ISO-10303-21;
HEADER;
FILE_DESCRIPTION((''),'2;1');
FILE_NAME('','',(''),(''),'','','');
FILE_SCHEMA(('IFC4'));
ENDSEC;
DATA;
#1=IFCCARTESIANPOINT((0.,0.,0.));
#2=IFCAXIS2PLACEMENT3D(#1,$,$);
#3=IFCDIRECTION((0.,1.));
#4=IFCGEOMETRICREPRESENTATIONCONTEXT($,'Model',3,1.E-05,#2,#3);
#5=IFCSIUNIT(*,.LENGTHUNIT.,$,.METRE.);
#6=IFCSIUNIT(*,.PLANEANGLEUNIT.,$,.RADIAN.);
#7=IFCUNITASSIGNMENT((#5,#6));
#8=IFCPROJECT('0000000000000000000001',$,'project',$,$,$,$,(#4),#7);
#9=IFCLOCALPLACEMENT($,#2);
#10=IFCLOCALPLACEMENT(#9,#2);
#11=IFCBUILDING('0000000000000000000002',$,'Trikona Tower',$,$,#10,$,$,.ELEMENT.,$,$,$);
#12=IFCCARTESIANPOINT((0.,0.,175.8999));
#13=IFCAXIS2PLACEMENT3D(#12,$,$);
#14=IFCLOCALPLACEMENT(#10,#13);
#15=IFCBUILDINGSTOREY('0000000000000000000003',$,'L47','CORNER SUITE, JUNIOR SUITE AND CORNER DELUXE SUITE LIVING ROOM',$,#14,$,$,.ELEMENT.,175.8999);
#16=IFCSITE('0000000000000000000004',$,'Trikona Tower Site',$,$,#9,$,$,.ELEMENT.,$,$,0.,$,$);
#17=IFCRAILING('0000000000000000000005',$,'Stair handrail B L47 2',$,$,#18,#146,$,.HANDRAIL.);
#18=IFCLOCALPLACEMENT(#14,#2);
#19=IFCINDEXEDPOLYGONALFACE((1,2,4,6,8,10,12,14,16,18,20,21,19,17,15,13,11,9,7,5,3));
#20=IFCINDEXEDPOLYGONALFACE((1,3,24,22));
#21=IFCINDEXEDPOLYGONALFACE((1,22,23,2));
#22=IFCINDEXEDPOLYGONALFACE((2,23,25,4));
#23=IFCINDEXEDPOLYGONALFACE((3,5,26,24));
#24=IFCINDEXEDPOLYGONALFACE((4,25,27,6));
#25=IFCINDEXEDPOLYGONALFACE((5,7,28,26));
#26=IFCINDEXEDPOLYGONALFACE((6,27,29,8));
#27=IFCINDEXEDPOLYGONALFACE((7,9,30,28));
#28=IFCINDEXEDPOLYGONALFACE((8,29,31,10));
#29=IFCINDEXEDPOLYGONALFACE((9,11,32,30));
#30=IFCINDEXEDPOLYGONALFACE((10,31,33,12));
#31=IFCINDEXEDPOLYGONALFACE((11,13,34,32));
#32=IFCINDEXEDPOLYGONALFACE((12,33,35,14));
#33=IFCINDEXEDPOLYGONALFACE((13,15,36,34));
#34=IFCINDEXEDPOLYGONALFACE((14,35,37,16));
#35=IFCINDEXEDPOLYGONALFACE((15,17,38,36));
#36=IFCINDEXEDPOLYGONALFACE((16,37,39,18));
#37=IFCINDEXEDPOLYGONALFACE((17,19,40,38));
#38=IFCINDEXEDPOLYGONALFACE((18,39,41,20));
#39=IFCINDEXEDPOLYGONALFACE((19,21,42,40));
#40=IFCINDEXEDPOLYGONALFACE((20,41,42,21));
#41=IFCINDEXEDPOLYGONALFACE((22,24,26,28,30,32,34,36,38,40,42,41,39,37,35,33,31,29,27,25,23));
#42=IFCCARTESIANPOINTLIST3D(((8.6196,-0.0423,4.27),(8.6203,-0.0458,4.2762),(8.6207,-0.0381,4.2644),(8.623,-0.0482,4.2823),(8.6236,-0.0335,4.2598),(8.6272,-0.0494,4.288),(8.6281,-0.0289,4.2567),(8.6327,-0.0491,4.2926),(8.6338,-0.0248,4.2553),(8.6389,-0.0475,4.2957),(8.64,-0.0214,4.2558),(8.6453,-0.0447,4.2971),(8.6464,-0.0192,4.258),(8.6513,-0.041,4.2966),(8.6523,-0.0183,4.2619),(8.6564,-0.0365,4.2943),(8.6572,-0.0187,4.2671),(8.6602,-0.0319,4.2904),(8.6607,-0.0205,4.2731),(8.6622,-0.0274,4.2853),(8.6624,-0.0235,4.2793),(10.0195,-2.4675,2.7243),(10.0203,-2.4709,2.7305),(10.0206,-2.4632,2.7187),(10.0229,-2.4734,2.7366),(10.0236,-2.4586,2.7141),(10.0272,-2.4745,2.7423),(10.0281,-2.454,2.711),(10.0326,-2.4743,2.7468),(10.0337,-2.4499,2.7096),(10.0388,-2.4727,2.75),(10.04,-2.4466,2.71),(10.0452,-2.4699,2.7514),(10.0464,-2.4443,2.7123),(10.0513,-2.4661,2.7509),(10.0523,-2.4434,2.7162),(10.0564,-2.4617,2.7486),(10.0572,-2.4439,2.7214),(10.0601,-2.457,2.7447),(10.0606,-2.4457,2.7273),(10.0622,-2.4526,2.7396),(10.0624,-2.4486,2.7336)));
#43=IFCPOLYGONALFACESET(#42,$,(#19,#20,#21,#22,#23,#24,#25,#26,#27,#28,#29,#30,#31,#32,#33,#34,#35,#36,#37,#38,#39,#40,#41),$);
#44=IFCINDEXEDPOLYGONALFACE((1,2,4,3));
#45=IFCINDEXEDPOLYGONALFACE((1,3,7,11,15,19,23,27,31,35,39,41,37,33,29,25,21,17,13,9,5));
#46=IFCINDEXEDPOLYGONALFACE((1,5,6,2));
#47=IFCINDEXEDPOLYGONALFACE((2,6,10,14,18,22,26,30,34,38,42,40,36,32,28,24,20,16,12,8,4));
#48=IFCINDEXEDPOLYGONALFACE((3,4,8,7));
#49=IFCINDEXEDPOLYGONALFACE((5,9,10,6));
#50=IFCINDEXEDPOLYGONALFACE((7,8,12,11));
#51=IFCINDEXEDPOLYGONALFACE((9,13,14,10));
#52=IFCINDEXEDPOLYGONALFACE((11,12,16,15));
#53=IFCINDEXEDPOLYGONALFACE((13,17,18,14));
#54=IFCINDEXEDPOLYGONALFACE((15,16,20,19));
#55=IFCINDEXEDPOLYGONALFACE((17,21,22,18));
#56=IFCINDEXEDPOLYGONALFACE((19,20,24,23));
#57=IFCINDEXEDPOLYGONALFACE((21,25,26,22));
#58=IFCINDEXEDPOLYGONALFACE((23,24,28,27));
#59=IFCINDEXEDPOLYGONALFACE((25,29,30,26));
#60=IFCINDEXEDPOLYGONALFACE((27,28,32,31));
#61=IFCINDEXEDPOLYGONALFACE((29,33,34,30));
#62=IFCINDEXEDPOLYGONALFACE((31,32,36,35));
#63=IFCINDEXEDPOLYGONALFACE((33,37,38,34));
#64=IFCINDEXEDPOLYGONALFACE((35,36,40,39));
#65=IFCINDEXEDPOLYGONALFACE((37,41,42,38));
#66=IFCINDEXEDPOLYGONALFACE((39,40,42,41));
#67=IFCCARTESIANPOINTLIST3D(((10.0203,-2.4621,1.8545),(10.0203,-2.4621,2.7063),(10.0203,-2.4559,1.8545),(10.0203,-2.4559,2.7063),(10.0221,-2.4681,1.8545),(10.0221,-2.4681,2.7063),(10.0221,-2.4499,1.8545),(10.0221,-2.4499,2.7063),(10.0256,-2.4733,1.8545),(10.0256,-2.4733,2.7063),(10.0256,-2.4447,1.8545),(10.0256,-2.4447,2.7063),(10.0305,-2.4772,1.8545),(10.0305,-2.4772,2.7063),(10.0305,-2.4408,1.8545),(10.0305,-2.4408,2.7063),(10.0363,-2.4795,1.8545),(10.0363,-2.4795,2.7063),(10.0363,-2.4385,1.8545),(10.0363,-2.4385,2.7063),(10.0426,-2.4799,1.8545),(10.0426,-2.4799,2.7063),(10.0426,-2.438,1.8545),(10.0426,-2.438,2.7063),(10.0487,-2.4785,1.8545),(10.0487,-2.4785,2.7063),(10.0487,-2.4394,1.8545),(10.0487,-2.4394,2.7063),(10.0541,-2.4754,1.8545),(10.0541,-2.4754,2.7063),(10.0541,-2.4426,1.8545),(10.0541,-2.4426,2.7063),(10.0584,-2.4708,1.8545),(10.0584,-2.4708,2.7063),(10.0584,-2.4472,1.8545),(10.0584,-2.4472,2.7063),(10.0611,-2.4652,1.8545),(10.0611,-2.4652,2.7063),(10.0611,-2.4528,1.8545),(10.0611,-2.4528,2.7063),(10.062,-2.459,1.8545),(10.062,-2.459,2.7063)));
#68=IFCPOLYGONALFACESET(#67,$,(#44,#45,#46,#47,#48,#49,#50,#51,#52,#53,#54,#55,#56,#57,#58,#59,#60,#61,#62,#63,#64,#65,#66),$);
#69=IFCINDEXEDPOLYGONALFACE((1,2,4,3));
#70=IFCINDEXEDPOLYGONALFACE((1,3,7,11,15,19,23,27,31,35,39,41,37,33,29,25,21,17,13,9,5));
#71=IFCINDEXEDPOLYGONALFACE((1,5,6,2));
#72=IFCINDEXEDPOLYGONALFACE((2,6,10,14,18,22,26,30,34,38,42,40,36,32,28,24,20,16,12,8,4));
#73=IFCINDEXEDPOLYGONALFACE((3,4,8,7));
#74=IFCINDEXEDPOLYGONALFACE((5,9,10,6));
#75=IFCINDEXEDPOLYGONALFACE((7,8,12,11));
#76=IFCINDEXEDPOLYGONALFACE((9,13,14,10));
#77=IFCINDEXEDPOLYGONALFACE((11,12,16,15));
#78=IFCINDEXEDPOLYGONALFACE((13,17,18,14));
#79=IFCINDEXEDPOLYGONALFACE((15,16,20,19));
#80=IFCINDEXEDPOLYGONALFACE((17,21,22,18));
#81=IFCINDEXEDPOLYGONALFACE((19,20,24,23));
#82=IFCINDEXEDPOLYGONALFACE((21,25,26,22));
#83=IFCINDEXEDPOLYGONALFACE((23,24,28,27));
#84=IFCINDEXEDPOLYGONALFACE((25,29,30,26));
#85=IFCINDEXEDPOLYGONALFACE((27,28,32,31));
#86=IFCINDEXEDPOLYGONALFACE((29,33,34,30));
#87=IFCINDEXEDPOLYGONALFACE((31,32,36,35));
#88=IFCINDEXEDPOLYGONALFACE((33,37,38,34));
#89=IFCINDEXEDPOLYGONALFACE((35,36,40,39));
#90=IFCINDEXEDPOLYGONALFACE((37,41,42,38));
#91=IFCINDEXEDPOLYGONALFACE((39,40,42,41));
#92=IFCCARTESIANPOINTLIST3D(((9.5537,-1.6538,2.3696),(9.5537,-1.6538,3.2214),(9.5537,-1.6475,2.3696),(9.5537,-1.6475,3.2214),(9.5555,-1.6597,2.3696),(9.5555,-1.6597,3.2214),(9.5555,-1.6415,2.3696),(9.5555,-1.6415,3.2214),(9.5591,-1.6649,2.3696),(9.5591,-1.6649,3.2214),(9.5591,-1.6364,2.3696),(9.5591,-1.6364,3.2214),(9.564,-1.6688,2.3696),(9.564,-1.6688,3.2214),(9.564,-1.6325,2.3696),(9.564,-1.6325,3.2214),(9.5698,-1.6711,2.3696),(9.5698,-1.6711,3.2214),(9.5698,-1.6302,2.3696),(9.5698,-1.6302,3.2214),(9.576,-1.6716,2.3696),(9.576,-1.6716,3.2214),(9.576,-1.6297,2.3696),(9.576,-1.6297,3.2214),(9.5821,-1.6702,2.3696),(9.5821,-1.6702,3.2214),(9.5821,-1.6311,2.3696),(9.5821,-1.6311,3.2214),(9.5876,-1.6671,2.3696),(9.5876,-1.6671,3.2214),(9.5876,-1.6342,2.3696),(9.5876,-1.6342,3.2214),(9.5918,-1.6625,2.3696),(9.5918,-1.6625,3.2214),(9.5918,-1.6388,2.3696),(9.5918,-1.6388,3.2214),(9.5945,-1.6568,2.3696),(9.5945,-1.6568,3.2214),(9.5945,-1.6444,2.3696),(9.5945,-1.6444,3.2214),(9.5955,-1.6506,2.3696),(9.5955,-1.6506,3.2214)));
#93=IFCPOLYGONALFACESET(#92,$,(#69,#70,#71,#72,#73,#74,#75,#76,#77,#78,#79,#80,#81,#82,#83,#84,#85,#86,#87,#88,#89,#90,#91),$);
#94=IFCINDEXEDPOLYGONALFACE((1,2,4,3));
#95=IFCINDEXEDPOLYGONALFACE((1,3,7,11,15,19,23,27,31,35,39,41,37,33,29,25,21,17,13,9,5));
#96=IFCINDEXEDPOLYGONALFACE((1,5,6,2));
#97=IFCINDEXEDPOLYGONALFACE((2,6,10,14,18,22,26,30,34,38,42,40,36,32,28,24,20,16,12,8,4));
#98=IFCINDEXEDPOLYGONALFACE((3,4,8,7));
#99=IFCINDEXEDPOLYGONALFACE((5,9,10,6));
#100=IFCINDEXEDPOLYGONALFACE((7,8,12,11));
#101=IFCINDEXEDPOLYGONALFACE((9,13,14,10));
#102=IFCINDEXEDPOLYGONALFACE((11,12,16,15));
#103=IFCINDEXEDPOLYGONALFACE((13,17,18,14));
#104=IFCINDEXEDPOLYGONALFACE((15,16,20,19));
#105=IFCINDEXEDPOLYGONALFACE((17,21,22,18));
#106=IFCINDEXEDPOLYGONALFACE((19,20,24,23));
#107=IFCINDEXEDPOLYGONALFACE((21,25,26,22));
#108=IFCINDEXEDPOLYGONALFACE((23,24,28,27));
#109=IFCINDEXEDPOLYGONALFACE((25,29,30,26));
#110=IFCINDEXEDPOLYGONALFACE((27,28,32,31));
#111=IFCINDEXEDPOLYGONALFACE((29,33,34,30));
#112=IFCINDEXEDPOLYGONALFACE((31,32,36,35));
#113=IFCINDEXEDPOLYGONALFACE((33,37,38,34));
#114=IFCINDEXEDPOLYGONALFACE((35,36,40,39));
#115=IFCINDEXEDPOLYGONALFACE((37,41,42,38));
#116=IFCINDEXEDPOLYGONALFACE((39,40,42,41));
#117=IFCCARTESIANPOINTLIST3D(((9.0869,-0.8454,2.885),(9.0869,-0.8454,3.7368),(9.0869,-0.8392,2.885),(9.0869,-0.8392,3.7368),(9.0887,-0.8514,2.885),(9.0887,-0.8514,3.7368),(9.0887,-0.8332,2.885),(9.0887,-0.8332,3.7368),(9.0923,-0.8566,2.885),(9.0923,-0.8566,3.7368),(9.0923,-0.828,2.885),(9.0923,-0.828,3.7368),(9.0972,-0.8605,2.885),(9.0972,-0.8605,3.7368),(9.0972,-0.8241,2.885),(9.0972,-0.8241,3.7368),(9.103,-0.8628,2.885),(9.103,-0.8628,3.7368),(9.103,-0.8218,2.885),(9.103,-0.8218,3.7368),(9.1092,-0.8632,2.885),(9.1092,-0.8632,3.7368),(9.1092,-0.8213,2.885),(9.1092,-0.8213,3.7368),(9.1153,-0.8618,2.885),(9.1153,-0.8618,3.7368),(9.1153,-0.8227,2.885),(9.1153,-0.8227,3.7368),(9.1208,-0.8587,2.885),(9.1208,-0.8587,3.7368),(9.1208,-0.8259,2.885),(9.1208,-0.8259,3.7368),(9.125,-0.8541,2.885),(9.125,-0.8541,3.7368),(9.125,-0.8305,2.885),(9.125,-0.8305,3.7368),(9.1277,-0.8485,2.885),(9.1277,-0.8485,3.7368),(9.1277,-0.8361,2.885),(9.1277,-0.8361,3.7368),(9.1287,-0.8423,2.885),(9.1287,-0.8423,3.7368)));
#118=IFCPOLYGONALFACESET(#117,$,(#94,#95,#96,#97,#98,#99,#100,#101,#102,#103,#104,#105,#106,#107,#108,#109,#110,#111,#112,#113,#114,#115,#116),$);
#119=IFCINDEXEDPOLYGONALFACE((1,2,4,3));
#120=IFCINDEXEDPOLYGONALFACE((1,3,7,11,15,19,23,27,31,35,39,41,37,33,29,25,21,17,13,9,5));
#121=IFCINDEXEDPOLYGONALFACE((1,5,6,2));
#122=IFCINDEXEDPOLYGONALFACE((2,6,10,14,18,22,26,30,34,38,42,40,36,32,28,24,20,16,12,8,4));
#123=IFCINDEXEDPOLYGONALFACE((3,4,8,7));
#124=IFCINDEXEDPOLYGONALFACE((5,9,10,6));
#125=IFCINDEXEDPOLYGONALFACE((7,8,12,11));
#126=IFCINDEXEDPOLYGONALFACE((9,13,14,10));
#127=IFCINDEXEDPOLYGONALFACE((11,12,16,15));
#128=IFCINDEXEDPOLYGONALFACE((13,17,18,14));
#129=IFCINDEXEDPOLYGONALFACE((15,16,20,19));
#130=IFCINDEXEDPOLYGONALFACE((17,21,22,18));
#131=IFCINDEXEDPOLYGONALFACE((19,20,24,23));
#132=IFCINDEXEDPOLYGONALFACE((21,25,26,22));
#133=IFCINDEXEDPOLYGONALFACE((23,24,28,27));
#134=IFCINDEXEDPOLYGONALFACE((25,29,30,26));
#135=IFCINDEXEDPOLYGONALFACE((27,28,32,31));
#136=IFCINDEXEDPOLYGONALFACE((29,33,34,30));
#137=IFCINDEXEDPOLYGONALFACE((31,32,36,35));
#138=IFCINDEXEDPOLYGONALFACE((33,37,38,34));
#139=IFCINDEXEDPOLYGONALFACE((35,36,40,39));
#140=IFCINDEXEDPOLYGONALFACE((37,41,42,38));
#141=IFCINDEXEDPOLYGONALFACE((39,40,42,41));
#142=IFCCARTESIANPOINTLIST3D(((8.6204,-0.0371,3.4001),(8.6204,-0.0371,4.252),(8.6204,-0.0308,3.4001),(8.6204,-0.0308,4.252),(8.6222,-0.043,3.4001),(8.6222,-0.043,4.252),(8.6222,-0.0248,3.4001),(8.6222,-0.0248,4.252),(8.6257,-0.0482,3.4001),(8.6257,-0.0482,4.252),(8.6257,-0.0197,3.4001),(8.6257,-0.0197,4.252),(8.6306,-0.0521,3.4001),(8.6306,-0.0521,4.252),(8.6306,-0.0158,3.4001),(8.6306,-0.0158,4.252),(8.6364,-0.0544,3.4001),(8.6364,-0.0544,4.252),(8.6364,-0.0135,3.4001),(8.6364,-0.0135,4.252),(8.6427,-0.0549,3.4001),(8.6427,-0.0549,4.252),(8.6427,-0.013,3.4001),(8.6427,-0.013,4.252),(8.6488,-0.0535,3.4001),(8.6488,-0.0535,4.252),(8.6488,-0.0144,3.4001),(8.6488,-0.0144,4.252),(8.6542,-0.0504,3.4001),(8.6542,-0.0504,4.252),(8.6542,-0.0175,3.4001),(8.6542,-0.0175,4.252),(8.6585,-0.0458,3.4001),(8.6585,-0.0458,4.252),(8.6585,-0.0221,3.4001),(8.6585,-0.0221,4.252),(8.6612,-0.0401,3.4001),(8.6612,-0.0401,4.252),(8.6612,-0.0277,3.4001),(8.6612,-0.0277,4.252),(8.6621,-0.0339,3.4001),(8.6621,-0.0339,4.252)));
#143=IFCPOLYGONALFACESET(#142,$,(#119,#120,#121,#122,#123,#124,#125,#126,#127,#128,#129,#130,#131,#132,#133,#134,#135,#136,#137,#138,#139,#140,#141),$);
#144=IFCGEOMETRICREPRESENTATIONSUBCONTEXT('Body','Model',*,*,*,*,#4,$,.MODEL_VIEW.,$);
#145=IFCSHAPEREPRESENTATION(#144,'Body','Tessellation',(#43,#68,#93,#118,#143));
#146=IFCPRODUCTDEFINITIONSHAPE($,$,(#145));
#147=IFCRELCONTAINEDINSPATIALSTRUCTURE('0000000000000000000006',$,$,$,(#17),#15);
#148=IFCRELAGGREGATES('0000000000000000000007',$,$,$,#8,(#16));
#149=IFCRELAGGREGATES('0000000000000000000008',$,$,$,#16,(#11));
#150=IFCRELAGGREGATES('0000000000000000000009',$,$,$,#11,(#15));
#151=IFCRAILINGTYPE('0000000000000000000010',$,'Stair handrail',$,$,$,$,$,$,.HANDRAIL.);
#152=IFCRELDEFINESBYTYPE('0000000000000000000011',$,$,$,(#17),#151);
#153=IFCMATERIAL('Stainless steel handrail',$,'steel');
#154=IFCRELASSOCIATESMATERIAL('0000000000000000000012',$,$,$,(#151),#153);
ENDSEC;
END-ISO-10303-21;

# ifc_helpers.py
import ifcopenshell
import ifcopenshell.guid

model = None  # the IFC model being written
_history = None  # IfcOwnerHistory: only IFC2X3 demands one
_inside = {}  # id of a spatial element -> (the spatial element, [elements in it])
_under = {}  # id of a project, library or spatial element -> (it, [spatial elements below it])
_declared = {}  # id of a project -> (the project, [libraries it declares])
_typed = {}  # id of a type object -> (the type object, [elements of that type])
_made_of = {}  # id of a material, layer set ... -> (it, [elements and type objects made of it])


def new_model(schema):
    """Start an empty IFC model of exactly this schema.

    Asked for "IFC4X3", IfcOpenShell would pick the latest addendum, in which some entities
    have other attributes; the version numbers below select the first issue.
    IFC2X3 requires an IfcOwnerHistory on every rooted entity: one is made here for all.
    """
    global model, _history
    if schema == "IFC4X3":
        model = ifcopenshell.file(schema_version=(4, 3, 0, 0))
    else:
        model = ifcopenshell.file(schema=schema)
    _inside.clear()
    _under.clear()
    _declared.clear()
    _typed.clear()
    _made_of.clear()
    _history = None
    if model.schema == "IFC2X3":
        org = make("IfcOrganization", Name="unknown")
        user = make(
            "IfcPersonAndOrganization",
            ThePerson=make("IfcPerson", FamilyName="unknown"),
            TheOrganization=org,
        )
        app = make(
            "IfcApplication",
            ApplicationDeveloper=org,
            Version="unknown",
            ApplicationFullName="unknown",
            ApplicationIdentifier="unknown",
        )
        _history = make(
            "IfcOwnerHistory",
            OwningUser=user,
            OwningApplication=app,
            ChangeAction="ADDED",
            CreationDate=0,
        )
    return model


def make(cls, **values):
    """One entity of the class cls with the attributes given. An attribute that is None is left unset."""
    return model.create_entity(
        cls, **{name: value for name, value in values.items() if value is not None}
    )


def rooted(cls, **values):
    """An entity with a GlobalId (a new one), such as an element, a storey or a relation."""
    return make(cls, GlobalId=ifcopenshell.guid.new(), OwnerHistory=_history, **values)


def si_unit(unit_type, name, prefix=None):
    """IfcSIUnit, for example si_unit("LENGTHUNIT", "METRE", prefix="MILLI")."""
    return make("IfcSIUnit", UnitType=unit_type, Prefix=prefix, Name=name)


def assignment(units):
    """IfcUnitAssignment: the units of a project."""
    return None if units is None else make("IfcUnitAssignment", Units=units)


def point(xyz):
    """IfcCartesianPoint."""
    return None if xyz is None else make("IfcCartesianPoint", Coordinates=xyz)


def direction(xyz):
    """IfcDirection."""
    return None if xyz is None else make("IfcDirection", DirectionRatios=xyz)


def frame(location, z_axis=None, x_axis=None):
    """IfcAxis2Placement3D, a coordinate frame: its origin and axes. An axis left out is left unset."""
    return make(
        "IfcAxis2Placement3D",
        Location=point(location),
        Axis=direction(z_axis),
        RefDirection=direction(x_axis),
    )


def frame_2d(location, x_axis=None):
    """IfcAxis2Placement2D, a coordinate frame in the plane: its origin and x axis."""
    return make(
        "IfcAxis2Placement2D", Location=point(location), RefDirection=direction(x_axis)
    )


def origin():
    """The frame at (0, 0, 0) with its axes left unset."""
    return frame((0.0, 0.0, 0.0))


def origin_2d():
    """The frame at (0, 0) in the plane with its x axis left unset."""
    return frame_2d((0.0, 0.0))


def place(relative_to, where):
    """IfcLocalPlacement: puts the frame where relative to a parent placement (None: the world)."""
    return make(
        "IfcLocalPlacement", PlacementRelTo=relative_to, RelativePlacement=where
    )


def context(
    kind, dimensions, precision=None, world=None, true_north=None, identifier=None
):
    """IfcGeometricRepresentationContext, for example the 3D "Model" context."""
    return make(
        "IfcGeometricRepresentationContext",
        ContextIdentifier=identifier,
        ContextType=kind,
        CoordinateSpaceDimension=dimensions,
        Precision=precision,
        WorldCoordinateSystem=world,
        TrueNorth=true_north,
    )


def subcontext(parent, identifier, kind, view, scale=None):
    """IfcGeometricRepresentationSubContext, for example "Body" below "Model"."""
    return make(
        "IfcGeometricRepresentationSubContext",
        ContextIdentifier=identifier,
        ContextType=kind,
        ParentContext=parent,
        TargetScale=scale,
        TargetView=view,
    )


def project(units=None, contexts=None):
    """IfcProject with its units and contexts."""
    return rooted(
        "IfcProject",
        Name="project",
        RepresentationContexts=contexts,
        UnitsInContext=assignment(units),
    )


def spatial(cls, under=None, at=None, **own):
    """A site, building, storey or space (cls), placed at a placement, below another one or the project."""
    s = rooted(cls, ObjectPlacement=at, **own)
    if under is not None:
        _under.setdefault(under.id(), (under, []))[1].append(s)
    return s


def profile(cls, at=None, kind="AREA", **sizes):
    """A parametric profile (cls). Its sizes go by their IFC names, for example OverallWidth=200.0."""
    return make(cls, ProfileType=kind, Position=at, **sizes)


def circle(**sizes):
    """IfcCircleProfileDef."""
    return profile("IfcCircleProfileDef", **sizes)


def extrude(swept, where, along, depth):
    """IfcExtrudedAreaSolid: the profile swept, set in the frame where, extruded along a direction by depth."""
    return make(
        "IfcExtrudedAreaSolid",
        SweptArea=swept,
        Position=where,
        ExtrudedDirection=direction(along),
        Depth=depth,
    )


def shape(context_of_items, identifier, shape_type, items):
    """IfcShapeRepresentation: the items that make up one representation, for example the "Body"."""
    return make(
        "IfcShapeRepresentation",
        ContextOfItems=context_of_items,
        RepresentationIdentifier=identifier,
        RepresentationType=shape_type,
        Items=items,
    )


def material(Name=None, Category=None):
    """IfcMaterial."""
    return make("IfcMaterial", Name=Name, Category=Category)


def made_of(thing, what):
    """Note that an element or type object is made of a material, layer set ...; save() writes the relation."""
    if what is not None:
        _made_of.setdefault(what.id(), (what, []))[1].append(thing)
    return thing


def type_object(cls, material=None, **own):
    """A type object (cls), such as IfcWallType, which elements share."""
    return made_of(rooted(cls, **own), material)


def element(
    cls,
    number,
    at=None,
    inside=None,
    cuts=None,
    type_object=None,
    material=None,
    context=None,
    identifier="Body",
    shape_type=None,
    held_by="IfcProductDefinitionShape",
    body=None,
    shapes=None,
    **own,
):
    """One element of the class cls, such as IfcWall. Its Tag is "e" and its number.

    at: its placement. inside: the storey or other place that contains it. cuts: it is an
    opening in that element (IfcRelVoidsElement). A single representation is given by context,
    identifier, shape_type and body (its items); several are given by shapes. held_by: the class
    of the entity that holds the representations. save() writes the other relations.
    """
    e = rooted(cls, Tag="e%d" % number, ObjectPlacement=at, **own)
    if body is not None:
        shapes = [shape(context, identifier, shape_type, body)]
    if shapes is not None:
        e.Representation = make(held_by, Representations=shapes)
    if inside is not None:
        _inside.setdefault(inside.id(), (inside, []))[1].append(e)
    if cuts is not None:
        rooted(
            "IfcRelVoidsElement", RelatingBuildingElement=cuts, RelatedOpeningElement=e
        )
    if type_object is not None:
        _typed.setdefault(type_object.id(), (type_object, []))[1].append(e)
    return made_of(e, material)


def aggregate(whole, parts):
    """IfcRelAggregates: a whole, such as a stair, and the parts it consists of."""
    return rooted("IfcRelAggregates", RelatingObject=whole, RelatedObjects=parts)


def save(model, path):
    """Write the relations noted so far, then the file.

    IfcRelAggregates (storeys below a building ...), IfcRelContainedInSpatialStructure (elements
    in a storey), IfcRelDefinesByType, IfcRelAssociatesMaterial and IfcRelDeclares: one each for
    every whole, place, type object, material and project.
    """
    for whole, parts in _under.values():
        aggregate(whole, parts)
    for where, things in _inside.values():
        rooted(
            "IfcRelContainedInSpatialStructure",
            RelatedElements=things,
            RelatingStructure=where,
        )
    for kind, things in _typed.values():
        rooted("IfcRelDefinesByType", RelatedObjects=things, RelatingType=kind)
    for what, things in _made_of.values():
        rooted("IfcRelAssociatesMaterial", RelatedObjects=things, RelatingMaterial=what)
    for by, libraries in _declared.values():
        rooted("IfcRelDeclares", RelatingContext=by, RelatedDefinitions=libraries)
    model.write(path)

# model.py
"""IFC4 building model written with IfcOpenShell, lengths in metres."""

from ifc_helpers import new_model, si_unit, direction, frame, origin, origin_2d, place, context, subcontext, project, spatial, circle, extrude, material, type_object, element, save


model = new_model("IFC4")

# Units and contexts
model_context = context("Model", 3, precision=1e-05, world=origin(), true_north=direction((0.0, 1.0)))
body_context = subcontext(model_context, "Body", "Model", "MODEL_VIEW")
ifc_project = project(units=[si_unit("LENGTHUNIT", "METRE"), si_unit("PLANEANGLEUNIT", "RADIAN")], contexts=[model_context])

# Site, building, storey
site_placement = place(None, origin())
site = spatial("IfcSite", under=ifc_project, at=site_placement, Name="Trikona Tower Site", CompositionType="ELEMENT", RefElevation=0.0)
building_placement = place(site_placement, origin())
building = spatial("IfcBuilding", under=site, at=building_placement, Name="Trikona Tower", CompositionType="ELEMENT")
storey_placement = place(building_placement, frame((0.0, 0.0, 175.8999)))
storey = spatial("IfcBuildingStorey", under=building, at=storey_placement, Name="L47", Description="CORNER SUITE, JUNIOR SUITE AND CORNER DELUXE SUITE LIVING ROOM", CompositionType="ELEMENT", Elevation=175.8999)

# Railing
ifc_material_1 = material(Name="Stainless steel handrail", Category="steel")
railing_type = type_object("IfcRailingType", Name="Stair handrail", PredefinedType="HANDRAIL", material=ifc_material_1)
railing_placement = place(storey_placement, frame((10.041, -2.459, 1.8545)))
element("IfcRailing", 1, at=railing_placement, inside=storey, type_object=railing_type, Name="Stair handrail B L47 2", PredefinedType="HANDRAIL", context=body_context, shape_type="SweptSolid", body=[
    extrude(circle(Radius=0.0239, at=origin_2d()), frame((0.0, 0.0, 0.876), z_axis=(-0.437691, 0.758212, 0.483262), x_axis=(-0.866056, -0.499946, 0.0)), (0.0, 0.0, 1.0), 3.1985),
    extrude(circle(Radius=0.021, at=origin_2d()), origin(), (0.0, 0.0, 1.0), 0.8518),
    extrude(circle(Radius=0.021, at=origin_2d()), frame((-0.4666, 0.8083, 0.5151)), (0.0, 0.0, 1.0), 0.8518),
    extrude(circle(Radius=0.021, at=origin_2d()), frame((-0.9333, 1.6167, 1.0305)), (0.0, 0.0, 1.0), 0.8518),
    extrude(circle(Radius=0.021, at=origin_2d()), frame((-1.3999, 2.425, 1.5457)), (0.0, 0.0, 1.0), 0.8518),
])

save(model, "model.ifc")
